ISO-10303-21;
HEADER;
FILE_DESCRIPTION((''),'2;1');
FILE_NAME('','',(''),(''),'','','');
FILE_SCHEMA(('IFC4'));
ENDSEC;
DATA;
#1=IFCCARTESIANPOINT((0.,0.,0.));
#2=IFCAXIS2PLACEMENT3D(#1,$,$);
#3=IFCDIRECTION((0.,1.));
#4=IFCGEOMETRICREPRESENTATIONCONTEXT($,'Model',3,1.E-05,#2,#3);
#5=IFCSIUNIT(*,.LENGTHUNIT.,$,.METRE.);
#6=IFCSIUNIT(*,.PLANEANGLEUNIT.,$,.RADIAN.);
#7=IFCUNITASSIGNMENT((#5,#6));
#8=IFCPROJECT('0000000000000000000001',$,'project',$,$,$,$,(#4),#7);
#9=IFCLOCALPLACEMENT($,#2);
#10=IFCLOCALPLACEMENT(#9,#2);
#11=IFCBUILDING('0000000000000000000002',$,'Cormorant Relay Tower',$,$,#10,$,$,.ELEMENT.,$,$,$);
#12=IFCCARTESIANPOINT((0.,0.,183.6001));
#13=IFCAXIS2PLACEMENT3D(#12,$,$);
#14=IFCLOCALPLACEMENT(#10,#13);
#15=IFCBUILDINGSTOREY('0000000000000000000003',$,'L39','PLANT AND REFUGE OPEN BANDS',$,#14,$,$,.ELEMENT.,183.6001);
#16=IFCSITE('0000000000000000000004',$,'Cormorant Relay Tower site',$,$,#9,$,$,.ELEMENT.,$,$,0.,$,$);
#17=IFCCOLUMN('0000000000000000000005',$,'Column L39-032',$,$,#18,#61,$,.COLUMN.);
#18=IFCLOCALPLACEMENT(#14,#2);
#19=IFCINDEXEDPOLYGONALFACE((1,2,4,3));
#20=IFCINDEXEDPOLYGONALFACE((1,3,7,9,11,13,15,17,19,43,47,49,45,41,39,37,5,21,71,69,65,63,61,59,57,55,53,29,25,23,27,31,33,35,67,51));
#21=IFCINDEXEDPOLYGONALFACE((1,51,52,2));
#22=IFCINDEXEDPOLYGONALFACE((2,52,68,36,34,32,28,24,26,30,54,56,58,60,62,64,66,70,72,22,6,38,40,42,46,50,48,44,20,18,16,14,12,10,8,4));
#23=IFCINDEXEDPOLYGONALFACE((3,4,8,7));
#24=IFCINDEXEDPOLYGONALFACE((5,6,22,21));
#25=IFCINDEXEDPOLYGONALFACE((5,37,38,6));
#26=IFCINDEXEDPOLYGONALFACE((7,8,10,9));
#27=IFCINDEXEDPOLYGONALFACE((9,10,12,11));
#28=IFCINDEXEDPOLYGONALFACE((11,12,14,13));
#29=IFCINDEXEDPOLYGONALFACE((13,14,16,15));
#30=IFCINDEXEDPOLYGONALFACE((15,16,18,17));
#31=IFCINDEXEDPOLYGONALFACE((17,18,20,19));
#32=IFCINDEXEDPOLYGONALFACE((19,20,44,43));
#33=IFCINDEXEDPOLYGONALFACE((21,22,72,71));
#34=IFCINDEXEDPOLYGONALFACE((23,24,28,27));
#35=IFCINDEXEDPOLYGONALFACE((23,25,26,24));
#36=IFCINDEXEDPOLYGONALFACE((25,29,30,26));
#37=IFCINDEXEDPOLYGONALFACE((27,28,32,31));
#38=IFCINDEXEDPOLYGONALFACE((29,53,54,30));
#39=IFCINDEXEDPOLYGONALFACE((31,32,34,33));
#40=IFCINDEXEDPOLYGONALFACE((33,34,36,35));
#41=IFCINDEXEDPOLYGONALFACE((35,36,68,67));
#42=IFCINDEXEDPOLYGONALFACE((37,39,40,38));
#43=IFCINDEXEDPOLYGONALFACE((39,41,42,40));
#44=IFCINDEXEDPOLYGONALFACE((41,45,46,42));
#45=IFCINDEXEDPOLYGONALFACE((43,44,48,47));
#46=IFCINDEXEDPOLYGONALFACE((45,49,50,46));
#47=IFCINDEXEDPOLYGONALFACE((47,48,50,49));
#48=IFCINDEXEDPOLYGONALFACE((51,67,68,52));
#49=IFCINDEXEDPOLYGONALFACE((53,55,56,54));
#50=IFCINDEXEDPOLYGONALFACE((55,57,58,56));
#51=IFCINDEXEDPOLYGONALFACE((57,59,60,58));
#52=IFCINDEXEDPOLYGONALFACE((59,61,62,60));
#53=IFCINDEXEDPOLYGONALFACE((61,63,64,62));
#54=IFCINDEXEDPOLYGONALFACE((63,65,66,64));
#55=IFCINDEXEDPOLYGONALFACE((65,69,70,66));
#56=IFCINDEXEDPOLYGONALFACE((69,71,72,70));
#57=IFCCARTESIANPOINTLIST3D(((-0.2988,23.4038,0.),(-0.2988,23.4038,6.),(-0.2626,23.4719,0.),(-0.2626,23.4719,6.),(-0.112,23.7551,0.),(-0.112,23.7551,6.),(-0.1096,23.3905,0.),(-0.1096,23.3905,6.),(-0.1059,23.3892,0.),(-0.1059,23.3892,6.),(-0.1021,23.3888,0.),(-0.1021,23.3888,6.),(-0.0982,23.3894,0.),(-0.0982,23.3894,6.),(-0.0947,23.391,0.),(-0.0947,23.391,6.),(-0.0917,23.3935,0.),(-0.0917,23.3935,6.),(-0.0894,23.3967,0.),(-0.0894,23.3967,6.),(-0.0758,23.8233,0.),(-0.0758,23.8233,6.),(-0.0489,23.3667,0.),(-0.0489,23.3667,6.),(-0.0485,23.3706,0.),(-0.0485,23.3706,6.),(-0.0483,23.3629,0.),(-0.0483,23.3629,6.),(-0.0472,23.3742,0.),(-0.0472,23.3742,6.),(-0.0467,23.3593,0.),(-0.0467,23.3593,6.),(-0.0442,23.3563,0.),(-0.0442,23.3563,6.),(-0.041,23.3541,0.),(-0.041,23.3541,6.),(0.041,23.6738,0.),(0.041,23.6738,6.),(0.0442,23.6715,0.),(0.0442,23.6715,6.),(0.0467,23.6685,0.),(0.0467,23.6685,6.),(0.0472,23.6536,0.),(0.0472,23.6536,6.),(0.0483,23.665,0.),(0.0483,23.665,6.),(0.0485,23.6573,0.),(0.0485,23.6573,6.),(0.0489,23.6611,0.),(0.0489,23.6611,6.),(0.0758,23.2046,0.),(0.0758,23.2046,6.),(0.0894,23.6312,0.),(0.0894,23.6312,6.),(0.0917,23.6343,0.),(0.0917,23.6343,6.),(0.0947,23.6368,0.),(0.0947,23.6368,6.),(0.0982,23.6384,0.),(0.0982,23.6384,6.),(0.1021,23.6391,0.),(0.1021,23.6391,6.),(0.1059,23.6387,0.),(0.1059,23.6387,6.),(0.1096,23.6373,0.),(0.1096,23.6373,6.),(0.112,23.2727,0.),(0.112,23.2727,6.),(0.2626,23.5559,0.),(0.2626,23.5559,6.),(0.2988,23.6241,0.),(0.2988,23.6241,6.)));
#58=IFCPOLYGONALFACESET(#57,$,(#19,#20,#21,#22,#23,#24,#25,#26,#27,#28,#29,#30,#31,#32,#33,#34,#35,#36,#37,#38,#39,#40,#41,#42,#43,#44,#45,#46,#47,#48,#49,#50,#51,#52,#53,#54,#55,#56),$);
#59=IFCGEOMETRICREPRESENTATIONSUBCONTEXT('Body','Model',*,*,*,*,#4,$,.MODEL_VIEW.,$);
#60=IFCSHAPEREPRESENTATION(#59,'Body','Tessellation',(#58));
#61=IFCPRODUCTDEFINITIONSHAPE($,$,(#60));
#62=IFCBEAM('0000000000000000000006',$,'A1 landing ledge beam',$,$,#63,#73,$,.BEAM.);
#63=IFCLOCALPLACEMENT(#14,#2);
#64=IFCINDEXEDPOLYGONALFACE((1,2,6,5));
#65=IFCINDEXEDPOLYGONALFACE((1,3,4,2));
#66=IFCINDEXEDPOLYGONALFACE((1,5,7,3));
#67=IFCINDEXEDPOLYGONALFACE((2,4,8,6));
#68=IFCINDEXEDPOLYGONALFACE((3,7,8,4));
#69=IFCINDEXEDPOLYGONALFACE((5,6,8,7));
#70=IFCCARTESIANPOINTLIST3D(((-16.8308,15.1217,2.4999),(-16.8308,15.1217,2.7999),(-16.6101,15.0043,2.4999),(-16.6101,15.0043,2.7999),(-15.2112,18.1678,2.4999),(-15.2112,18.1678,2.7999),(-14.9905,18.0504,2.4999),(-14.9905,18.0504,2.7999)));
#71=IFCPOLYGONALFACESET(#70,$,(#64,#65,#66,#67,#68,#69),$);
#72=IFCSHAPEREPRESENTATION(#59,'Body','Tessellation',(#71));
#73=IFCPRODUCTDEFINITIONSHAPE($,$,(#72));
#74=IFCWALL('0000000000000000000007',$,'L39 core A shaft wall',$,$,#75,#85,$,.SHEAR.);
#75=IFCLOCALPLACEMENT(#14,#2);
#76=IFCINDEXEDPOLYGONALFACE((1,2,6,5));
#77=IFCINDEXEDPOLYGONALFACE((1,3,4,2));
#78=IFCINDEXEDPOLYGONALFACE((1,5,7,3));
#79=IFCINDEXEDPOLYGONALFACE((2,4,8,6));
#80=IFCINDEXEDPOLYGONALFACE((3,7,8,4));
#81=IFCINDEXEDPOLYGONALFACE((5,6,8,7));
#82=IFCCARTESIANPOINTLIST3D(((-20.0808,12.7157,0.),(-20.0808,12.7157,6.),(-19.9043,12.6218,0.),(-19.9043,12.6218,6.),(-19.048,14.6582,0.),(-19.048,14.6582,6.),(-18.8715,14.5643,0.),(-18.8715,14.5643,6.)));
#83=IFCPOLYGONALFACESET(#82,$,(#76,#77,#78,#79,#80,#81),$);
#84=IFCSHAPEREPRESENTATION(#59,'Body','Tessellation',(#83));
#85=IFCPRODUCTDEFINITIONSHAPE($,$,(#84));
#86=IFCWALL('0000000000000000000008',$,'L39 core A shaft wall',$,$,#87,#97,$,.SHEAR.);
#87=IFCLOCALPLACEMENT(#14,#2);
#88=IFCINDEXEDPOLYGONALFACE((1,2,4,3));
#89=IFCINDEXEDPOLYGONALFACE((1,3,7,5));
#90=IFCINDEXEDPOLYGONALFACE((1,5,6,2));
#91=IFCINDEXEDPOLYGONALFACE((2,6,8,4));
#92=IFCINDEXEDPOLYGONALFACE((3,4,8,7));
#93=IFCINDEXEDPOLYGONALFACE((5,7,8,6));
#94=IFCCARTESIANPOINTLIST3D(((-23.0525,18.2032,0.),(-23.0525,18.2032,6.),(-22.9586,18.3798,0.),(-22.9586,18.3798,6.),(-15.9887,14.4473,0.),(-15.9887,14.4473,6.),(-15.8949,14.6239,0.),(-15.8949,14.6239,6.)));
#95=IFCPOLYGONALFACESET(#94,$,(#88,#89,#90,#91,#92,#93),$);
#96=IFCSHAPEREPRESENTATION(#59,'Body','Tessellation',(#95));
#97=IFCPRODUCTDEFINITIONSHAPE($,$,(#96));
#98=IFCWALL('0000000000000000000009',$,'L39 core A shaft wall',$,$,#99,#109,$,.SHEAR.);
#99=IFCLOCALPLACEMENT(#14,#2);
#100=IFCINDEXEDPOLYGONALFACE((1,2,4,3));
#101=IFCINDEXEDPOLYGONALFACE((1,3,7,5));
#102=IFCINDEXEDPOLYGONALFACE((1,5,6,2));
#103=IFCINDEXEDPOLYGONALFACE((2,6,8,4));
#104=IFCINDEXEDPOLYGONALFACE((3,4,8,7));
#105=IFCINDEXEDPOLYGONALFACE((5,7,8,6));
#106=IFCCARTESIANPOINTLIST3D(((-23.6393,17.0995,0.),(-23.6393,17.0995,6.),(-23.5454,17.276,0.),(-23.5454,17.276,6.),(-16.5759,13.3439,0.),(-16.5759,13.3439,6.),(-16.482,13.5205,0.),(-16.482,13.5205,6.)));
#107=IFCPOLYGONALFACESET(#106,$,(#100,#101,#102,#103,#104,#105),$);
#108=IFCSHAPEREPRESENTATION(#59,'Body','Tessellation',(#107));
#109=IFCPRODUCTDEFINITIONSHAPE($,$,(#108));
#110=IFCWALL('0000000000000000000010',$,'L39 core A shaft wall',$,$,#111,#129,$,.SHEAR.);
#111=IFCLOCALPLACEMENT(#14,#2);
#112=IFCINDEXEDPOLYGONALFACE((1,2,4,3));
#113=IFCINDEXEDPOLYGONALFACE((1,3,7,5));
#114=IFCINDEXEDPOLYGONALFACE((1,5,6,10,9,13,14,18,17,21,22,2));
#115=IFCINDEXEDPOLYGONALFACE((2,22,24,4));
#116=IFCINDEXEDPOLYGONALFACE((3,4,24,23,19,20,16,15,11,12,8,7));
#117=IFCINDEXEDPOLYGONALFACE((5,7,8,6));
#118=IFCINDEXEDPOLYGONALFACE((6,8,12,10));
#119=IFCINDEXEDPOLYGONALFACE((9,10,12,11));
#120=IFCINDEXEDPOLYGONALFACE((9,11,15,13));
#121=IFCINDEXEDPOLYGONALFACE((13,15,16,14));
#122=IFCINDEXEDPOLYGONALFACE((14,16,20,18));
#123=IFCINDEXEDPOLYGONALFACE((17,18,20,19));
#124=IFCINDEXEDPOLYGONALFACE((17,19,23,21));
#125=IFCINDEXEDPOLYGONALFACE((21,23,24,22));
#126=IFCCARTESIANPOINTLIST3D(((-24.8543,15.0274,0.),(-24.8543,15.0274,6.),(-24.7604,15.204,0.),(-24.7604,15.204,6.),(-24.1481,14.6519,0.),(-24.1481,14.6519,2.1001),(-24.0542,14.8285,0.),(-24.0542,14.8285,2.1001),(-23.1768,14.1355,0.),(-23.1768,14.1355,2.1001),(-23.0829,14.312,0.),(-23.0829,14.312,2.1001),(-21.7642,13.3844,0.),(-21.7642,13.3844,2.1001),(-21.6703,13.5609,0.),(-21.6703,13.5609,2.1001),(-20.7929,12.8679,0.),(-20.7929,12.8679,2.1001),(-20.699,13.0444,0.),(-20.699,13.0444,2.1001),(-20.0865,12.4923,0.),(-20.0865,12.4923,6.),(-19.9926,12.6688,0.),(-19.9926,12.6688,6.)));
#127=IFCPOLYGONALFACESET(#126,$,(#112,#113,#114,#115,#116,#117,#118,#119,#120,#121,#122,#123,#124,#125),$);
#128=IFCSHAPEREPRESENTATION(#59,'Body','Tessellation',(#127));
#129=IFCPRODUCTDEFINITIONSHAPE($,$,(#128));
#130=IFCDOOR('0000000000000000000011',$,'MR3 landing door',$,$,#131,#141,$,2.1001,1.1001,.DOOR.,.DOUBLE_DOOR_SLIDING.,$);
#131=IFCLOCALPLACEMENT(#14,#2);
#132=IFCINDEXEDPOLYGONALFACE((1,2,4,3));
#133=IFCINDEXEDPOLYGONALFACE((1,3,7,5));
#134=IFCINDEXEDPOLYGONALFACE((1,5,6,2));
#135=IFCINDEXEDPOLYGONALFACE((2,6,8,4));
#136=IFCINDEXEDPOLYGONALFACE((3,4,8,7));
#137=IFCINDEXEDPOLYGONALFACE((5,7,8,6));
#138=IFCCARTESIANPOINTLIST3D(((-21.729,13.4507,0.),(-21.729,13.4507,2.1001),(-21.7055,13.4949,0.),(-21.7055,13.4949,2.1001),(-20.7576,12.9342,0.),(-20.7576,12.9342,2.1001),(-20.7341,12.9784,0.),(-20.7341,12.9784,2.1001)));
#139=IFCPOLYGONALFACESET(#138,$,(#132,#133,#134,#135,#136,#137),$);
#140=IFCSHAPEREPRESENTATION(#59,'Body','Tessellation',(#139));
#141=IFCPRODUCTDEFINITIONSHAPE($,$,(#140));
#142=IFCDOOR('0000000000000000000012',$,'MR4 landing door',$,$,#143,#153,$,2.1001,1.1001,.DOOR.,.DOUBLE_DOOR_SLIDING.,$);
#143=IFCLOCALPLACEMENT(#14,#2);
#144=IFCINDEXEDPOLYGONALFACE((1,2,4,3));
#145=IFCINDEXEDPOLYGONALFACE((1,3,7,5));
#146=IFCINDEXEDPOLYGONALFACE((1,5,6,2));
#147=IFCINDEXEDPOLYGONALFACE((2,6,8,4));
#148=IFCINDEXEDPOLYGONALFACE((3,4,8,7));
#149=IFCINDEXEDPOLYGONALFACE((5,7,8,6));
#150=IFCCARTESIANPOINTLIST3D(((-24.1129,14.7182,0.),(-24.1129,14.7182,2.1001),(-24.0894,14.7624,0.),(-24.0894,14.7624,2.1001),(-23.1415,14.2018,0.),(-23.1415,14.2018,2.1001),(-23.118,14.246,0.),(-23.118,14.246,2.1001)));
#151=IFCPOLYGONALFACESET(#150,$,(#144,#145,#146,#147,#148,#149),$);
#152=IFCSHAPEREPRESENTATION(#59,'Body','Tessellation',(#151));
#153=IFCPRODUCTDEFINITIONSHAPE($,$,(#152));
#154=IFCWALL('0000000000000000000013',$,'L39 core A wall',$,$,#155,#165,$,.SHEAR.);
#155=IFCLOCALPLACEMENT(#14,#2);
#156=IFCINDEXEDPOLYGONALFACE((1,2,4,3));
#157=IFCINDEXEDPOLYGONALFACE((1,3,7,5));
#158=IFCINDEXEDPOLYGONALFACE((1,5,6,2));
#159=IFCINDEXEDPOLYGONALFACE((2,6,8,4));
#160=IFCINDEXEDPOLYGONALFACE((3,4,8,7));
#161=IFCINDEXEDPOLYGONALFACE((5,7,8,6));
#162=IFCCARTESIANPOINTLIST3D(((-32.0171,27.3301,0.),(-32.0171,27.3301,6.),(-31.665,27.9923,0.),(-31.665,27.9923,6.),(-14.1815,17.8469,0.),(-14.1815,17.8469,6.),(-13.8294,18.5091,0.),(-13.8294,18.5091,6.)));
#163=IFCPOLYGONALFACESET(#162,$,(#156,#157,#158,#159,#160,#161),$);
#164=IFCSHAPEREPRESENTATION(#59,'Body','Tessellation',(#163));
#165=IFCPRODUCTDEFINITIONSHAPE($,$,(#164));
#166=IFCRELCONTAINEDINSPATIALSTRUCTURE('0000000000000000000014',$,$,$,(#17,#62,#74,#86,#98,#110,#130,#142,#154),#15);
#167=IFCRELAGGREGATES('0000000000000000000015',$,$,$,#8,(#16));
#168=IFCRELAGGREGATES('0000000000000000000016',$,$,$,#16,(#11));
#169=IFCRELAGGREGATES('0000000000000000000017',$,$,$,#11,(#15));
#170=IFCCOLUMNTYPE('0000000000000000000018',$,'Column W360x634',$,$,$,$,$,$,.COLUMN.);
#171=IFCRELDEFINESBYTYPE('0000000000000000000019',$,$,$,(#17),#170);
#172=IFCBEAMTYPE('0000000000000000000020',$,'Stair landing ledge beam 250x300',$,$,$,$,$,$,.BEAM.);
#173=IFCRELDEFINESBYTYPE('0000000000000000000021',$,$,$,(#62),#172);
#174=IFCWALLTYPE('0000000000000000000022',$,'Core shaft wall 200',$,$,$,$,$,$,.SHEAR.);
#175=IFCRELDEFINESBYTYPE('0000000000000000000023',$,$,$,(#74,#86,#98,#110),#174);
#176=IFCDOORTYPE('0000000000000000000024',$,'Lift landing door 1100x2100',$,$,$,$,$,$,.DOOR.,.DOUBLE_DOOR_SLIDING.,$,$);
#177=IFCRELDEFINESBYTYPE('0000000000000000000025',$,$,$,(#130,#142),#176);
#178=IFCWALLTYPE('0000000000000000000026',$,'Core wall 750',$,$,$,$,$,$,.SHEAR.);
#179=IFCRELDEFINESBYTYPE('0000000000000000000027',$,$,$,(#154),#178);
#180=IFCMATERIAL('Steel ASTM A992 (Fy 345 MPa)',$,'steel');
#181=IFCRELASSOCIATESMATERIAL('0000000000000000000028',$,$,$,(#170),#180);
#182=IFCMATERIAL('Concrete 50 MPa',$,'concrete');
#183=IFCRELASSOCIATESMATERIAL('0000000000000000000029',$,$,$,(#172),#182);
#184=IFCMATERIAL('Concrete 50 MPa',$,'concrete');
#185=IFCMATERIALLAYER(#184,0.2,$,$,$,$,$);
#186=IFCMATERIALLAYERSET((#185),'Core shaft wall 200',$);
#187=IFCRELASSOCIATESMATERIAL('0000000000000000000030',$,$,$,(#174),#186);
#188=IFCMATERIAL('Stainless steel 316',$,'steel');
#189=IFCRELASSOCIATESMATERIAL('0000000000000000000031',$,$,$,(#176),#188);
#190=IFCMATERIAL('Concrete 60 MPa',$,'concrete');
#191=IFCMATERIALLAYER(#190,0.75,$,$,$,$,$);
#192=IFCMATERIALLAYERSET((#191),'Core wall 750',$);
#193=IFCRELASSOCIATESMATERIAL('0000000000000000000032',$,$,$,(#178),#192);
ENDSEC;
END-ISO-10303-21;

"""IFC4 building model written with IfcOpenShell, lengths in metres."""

from ifc_helpers import new_model, si_unit, direction, frame, frame_2d, origin, origin_2d, place, context, subcontext, project, spatial, rectangle, i_section, extrude, material, layer, layer_set, material_profile, profile_set, type_object, element, fill, save


model = new_model("IFC4")

# Units and contexts
model_context = context("Model", 3, precision=1e-05, world=origin(), true_north=direction((0.0, 1.0)))
body_context = subcontext(model_context, "Body", "Model", "MODEL_VIEW")
ifc_project = project(units=[si_unit("LENGTHUNIT", "METRE"), si_unit("PLANEANGLEUNIT", "RADIAN")], contexts=[model_context])

# Site, building, storey
site_placement = place(None, origin())
site = spatial("IfcSite", under=ifc_project, at=site_placement, Name="Cormorant Relay Tower site", CompositionType="ELEMENT", RefElevation=0.0)
building_placement = place(site_placement, origin())
building = spatial("IfcBuilding", under=site, at=building_placement, Name="Cormorant Relay Tower", CompositionType="ELEMENT")
storey_placement = place(building_placement, frame((0.0, 0.0, 183.6001)))
storey = spatial("IfcBuildingStorey", under=building, at=storey_placement, Name="L39", Description="PLANT AND REFUGE OPEN BANDS", CompositionType="ELEMENT", Elevation=183.6001)

# Column
ifc_material_1 = material(Name="Steel ASTM A992 (Fy 345 MPa)", Category="steel")
ifc_material_profile_1 = material_profile(ifc_material_1, i_section(OverallWidth=0.4243, OverallDepth=0.4751, WebThickness=0.0479, FlangeThickness=0.0771, FilletRadius=0.0149, at=origin_2d()), Name="W360x634")
ifc_profile_set_1 = profile_set([ifc_material_profile_1], Name="Steel ASTM A992 (Fy 345 MPa)")
column_type = type_object("IfcColumnType", Name="Column W360x634", PredefinedType="COLUMN", material=ifc_profile_set_1)
column_placement = place(storey_placement, frame((0.0, 23.5139, 0.0), z_axis=(0.0, 0.0, 1.0), x_axis=(-0.882948, 0.469472, 0.0)))
element("IfcColumn", 1, at=column_placement, inside=storey, type_object=column_type, Name="Column L39-032", PredefinedType="COLUMN", context=body_context, shape_type="SweptSolid", body=[
    extrude(i_section(OverallWidth=0.4243, OverallDepth=0.4751, WebThickness=0.0479, FlangeThickness=0.0771, FilletRadius=0.0149, at=origin_2d()), origin(), (0.0, 0.0, 1.0), 6.0),
])

# Beam
ifc_material_2 = material(Name="Concrete 50 MPa", Category="concrete")
ifc_material_profile_2 = material_profile(ifc_material_2, rectangle(XDim=0.25, YDim=0.3, at=origin_2d()), Name="RC 250x300")
ifc_profile_set_2 = profile_set([ifc_material_profile_2], Name="Concrete 50 MPa")
beam_type = type_object("IfcBeamType", Name="Stair landing ledge beam 250x300", PredefinedType="BEAM", material=ifc_profile_set_2)
beam_placement = place(storey_placement, frame((-16.7205, 15.063, 2.6499), z_axis=(0.469464, 0.882952, 0.0), x_axis=(-0.882952, 0.469464, 0.0)))
element("IfcBeam", 2, at=beam_placement, inside=storey, type_object=beam_type, Name="A1 landing ledge beam", PredefinedType="BEAM", context=body_context, shape_type="SweptSolid", body=[
    extrude(rectangle(XDim=0.25, YDim=0.3, at=origin_2d()), origin(), (0.0, 0.0, 1.0), 3.45),
])

# Walls
ifc_material_3 = material(Name="Concrete 50 MPa", Category="concrete")
ifc_layer_1 = layer(ifc_material_3, 0.2)
ifc_layer_set_1 = layer_set([ifc_layer_1], Name="Core shaft wall 200")
wall_type_1 = type_object("IfcWallType", Name="Core shaft wall 200", PredefinedType="SHEAR", material=ifc_layer_set_1)
wall_1_placement = place(storey_placement, frame((-18.9597, 14.6113, 0.0), z_axis=(0.0, 0.0, 1.0), x_axis=(-0.469447, -0.88296, 0.0)))
element("IfcWall", 3, at=wall_1_placement, inside=storey, type_object=wall_type_1, Name="L39 core A shaft wall", PredefinedType="SHEAR", context=body_context, shape_type="SweptSolid", body=[
    extrude(rectangle(XDim=2.2, YDim=0.2, at=frame_2d((1.1001, 0.0))), origin(), (0.0, 0.0, 1.0), 6.0),
])
wall_2_placement = place(storey_placement, frame((-15.9419, 14.5356, 0.0), z_axis=(0.0, 0.0, 1.0), x_axis=(-0.882947, 0.469473, 0.0)))
element("IfcWall", 4, at=wall_2_placement, inside=storey, type_object=wall_type_1, Name="L39 core A shaft wall", PredefinedType="SHEAR", context=body_context, shape_type="SweptSolid", body=[
    extrude(rectangle(XDim=8.0002, YDim=0.2, at=frame_2d((4.0, 0.0))), origin(), (0.0, 0.0, 1.0), 6.0),
])
wall_3_placement = place(storey_placement, frame((-16.5288, 13.4321, 0.0), z_axis=(0.0, 0.0, 1.0), x_axis=(-0.882953, 0.469462, 0.0)))
element("IfcWall", 5, at=wall_3_placement, inside=storey, type_object=wall_type_1, Name="L39 core A shaft wall", PredefinedType="SHEAR", context=body_context, shape_type="SweptSolid", body=[
    extrude(rectangle(XDim=7.9998, YDim=0.2, at=frame_2d((4.0, 0.0))), origin(), (0.0, 0.0, 1.0), 6.0),
])

# Wall, openings, doors
wall_4_placement = place(storey_placement, frame((-20.0396, 12.5806, 0.0), z_axis=(0.0, 0.0, 1.0), x_axis=(-0.882943, 0.46948, 0.0)))
wall_4 = element("IfcWall", 6, at=wall_4_placement, inside=storey, type_object=wall_type_1, Name="L39 core A shaft wall", PredefinedType="SHEAR", context=body_context, shape_type="SweptSolid", body=[
    extrude(rectangle(XDim=5.3999, YDim=0.2, at=frame_2d((2.7, 0.0))), origin(), (0.0, 0.0, 1.0), 6.0),
])
opening_1_placement = place(wall_4_placement, frame((0.8, 0.0, 0.0)))
opening_1 = element("IfcOpeningElement", 7, at=opening_1_placement, cuts=wall_4, PredefinedType="OPENING", context=body_context, shape_type="SweptSolid", body=[
    extrude(rectangle(XDim=1.1001, YDim=2.1001, at=frame_2d((0.55, 1.05))), frame((0.0, 0.1099, 0.0), z_axis=(0.0, -1.0, 0.0), x_axis=(1.0, 0.0, 0.0)), (0.0, 0.0, 1.0), 0.22),
])
opening_2_placement = place(wall_4_placement, frame((3.5, 0.0, 0.0)))
opening_2 = element("IfcOpeningElement", 8, at=opening_2_placement, cuts=wall_4, PredefinedType="OPENING", context=body_context, shape_type="SweptSolid", body=[
    extrude(rectangle(XDim=1.1001, YDim=2.1001, at=frame_2d((0.55, 1.05))), frame((0.0, 0.1099, 0.0), z_axis=(0.0, -1.0, 0.0), x_axis=(1.0, 0.0, 0.0)), (0.0, 0.0, 1.0), 0.22),
])
ifc_material_4 = material(Name="Stainless steel 316", Category="steel")
door_type_1 = type_object("IfcDoorType", Name="Lift landing door 1100x2100", OperationType="DOUBLE_DOOR_SLIDING", PredefinedType="DOOR", material=ifc_material_4)
door_1_placement = place(opening_1_placement, origin())
door_1 = element("IfcDoor", 9, at=door_1_placement, inside=storey, type_object=door_type_1, Name="MR3 landing door", OperationType="DOUBLE_DOOR_SLIDING", OverallHeight=2.1001, OverallWidth=1.1001, PredefinedType="DOOR", context=body_context, shape_type="SweptSolid", body=[
    extrude(rectangle(XDim=1.1001, YDim=2.1001, at=frame_2d((0.55, 1.05))), frame((0.0, 0.0249, 0.0), z_axis=(0.0, -1.0, 0.0), x_axis=(1.0, 0.0, 0.0)), (0.0, 0.0, 1.0), 0.05),
])
fill(opening_1, door_1)
door_2_placement = place(opening_2_placement, origin())
door_2 = element("IfcDoor", 10, at=door_2_placement, inside=storey, type_object=door_type_1, Name="MR4 landing door", OperationType="DOUBLE_DOOR_SLIDING", OverallHeight=2.1001, OverallWidth=1.1001, PredefinedType="DOOR", context=body_context, shape_type="SweptSolid", body=[
    extrude(rectangle(XDim=1.1001, YDim=2.1001, at=frame_2d((0.55, 1.05))), frame((0.0, 0.0249, 0.0), z_axis=(0.0, -1.0, 0.0), x_axis=(1.0, 0.0, 0.0)), (0.0, 0.0, 1.0), 0.05),
])
fill(opening_2, door_2)

# Shared definitions
ifc_material_5 = material(Name="Concrete 60 MPa", Category="concrete")
ifc_layer_2 = layer(ifc_material_5, 0.75)
ifc_layer_set_2 = layer_set([ifc_layer_2], Name="Core wall 750")
wall_type_2 = type_object("IfcWallType", Name="Core wall 750", PredefinedType="SHEAR", material=ifc_layer_set_2)

# Wall
wall_5_placement = place(storey_placement, frame((-14.0054, 18.178, 0.0), z_axis=(0.0, 0.0, 1.0), x_axis=(-0.88295, 0.469467, 0.0)))
element("IfcWall", 11, at=wall_5_placement, inside=storey, type_object=wall_type_2, Name="L39 core A wall", PredefinedType="SHEAR", context=body_context, shape_type="SweptSolid", body=[
    extrude(rectangle(XDim=20.2, YDim=0.75, at=frame_2d((10.1001, 0.0))), origin(), (0.0, 0.0, 1.0), 6.0),
])

save(model, "model.ifc")
